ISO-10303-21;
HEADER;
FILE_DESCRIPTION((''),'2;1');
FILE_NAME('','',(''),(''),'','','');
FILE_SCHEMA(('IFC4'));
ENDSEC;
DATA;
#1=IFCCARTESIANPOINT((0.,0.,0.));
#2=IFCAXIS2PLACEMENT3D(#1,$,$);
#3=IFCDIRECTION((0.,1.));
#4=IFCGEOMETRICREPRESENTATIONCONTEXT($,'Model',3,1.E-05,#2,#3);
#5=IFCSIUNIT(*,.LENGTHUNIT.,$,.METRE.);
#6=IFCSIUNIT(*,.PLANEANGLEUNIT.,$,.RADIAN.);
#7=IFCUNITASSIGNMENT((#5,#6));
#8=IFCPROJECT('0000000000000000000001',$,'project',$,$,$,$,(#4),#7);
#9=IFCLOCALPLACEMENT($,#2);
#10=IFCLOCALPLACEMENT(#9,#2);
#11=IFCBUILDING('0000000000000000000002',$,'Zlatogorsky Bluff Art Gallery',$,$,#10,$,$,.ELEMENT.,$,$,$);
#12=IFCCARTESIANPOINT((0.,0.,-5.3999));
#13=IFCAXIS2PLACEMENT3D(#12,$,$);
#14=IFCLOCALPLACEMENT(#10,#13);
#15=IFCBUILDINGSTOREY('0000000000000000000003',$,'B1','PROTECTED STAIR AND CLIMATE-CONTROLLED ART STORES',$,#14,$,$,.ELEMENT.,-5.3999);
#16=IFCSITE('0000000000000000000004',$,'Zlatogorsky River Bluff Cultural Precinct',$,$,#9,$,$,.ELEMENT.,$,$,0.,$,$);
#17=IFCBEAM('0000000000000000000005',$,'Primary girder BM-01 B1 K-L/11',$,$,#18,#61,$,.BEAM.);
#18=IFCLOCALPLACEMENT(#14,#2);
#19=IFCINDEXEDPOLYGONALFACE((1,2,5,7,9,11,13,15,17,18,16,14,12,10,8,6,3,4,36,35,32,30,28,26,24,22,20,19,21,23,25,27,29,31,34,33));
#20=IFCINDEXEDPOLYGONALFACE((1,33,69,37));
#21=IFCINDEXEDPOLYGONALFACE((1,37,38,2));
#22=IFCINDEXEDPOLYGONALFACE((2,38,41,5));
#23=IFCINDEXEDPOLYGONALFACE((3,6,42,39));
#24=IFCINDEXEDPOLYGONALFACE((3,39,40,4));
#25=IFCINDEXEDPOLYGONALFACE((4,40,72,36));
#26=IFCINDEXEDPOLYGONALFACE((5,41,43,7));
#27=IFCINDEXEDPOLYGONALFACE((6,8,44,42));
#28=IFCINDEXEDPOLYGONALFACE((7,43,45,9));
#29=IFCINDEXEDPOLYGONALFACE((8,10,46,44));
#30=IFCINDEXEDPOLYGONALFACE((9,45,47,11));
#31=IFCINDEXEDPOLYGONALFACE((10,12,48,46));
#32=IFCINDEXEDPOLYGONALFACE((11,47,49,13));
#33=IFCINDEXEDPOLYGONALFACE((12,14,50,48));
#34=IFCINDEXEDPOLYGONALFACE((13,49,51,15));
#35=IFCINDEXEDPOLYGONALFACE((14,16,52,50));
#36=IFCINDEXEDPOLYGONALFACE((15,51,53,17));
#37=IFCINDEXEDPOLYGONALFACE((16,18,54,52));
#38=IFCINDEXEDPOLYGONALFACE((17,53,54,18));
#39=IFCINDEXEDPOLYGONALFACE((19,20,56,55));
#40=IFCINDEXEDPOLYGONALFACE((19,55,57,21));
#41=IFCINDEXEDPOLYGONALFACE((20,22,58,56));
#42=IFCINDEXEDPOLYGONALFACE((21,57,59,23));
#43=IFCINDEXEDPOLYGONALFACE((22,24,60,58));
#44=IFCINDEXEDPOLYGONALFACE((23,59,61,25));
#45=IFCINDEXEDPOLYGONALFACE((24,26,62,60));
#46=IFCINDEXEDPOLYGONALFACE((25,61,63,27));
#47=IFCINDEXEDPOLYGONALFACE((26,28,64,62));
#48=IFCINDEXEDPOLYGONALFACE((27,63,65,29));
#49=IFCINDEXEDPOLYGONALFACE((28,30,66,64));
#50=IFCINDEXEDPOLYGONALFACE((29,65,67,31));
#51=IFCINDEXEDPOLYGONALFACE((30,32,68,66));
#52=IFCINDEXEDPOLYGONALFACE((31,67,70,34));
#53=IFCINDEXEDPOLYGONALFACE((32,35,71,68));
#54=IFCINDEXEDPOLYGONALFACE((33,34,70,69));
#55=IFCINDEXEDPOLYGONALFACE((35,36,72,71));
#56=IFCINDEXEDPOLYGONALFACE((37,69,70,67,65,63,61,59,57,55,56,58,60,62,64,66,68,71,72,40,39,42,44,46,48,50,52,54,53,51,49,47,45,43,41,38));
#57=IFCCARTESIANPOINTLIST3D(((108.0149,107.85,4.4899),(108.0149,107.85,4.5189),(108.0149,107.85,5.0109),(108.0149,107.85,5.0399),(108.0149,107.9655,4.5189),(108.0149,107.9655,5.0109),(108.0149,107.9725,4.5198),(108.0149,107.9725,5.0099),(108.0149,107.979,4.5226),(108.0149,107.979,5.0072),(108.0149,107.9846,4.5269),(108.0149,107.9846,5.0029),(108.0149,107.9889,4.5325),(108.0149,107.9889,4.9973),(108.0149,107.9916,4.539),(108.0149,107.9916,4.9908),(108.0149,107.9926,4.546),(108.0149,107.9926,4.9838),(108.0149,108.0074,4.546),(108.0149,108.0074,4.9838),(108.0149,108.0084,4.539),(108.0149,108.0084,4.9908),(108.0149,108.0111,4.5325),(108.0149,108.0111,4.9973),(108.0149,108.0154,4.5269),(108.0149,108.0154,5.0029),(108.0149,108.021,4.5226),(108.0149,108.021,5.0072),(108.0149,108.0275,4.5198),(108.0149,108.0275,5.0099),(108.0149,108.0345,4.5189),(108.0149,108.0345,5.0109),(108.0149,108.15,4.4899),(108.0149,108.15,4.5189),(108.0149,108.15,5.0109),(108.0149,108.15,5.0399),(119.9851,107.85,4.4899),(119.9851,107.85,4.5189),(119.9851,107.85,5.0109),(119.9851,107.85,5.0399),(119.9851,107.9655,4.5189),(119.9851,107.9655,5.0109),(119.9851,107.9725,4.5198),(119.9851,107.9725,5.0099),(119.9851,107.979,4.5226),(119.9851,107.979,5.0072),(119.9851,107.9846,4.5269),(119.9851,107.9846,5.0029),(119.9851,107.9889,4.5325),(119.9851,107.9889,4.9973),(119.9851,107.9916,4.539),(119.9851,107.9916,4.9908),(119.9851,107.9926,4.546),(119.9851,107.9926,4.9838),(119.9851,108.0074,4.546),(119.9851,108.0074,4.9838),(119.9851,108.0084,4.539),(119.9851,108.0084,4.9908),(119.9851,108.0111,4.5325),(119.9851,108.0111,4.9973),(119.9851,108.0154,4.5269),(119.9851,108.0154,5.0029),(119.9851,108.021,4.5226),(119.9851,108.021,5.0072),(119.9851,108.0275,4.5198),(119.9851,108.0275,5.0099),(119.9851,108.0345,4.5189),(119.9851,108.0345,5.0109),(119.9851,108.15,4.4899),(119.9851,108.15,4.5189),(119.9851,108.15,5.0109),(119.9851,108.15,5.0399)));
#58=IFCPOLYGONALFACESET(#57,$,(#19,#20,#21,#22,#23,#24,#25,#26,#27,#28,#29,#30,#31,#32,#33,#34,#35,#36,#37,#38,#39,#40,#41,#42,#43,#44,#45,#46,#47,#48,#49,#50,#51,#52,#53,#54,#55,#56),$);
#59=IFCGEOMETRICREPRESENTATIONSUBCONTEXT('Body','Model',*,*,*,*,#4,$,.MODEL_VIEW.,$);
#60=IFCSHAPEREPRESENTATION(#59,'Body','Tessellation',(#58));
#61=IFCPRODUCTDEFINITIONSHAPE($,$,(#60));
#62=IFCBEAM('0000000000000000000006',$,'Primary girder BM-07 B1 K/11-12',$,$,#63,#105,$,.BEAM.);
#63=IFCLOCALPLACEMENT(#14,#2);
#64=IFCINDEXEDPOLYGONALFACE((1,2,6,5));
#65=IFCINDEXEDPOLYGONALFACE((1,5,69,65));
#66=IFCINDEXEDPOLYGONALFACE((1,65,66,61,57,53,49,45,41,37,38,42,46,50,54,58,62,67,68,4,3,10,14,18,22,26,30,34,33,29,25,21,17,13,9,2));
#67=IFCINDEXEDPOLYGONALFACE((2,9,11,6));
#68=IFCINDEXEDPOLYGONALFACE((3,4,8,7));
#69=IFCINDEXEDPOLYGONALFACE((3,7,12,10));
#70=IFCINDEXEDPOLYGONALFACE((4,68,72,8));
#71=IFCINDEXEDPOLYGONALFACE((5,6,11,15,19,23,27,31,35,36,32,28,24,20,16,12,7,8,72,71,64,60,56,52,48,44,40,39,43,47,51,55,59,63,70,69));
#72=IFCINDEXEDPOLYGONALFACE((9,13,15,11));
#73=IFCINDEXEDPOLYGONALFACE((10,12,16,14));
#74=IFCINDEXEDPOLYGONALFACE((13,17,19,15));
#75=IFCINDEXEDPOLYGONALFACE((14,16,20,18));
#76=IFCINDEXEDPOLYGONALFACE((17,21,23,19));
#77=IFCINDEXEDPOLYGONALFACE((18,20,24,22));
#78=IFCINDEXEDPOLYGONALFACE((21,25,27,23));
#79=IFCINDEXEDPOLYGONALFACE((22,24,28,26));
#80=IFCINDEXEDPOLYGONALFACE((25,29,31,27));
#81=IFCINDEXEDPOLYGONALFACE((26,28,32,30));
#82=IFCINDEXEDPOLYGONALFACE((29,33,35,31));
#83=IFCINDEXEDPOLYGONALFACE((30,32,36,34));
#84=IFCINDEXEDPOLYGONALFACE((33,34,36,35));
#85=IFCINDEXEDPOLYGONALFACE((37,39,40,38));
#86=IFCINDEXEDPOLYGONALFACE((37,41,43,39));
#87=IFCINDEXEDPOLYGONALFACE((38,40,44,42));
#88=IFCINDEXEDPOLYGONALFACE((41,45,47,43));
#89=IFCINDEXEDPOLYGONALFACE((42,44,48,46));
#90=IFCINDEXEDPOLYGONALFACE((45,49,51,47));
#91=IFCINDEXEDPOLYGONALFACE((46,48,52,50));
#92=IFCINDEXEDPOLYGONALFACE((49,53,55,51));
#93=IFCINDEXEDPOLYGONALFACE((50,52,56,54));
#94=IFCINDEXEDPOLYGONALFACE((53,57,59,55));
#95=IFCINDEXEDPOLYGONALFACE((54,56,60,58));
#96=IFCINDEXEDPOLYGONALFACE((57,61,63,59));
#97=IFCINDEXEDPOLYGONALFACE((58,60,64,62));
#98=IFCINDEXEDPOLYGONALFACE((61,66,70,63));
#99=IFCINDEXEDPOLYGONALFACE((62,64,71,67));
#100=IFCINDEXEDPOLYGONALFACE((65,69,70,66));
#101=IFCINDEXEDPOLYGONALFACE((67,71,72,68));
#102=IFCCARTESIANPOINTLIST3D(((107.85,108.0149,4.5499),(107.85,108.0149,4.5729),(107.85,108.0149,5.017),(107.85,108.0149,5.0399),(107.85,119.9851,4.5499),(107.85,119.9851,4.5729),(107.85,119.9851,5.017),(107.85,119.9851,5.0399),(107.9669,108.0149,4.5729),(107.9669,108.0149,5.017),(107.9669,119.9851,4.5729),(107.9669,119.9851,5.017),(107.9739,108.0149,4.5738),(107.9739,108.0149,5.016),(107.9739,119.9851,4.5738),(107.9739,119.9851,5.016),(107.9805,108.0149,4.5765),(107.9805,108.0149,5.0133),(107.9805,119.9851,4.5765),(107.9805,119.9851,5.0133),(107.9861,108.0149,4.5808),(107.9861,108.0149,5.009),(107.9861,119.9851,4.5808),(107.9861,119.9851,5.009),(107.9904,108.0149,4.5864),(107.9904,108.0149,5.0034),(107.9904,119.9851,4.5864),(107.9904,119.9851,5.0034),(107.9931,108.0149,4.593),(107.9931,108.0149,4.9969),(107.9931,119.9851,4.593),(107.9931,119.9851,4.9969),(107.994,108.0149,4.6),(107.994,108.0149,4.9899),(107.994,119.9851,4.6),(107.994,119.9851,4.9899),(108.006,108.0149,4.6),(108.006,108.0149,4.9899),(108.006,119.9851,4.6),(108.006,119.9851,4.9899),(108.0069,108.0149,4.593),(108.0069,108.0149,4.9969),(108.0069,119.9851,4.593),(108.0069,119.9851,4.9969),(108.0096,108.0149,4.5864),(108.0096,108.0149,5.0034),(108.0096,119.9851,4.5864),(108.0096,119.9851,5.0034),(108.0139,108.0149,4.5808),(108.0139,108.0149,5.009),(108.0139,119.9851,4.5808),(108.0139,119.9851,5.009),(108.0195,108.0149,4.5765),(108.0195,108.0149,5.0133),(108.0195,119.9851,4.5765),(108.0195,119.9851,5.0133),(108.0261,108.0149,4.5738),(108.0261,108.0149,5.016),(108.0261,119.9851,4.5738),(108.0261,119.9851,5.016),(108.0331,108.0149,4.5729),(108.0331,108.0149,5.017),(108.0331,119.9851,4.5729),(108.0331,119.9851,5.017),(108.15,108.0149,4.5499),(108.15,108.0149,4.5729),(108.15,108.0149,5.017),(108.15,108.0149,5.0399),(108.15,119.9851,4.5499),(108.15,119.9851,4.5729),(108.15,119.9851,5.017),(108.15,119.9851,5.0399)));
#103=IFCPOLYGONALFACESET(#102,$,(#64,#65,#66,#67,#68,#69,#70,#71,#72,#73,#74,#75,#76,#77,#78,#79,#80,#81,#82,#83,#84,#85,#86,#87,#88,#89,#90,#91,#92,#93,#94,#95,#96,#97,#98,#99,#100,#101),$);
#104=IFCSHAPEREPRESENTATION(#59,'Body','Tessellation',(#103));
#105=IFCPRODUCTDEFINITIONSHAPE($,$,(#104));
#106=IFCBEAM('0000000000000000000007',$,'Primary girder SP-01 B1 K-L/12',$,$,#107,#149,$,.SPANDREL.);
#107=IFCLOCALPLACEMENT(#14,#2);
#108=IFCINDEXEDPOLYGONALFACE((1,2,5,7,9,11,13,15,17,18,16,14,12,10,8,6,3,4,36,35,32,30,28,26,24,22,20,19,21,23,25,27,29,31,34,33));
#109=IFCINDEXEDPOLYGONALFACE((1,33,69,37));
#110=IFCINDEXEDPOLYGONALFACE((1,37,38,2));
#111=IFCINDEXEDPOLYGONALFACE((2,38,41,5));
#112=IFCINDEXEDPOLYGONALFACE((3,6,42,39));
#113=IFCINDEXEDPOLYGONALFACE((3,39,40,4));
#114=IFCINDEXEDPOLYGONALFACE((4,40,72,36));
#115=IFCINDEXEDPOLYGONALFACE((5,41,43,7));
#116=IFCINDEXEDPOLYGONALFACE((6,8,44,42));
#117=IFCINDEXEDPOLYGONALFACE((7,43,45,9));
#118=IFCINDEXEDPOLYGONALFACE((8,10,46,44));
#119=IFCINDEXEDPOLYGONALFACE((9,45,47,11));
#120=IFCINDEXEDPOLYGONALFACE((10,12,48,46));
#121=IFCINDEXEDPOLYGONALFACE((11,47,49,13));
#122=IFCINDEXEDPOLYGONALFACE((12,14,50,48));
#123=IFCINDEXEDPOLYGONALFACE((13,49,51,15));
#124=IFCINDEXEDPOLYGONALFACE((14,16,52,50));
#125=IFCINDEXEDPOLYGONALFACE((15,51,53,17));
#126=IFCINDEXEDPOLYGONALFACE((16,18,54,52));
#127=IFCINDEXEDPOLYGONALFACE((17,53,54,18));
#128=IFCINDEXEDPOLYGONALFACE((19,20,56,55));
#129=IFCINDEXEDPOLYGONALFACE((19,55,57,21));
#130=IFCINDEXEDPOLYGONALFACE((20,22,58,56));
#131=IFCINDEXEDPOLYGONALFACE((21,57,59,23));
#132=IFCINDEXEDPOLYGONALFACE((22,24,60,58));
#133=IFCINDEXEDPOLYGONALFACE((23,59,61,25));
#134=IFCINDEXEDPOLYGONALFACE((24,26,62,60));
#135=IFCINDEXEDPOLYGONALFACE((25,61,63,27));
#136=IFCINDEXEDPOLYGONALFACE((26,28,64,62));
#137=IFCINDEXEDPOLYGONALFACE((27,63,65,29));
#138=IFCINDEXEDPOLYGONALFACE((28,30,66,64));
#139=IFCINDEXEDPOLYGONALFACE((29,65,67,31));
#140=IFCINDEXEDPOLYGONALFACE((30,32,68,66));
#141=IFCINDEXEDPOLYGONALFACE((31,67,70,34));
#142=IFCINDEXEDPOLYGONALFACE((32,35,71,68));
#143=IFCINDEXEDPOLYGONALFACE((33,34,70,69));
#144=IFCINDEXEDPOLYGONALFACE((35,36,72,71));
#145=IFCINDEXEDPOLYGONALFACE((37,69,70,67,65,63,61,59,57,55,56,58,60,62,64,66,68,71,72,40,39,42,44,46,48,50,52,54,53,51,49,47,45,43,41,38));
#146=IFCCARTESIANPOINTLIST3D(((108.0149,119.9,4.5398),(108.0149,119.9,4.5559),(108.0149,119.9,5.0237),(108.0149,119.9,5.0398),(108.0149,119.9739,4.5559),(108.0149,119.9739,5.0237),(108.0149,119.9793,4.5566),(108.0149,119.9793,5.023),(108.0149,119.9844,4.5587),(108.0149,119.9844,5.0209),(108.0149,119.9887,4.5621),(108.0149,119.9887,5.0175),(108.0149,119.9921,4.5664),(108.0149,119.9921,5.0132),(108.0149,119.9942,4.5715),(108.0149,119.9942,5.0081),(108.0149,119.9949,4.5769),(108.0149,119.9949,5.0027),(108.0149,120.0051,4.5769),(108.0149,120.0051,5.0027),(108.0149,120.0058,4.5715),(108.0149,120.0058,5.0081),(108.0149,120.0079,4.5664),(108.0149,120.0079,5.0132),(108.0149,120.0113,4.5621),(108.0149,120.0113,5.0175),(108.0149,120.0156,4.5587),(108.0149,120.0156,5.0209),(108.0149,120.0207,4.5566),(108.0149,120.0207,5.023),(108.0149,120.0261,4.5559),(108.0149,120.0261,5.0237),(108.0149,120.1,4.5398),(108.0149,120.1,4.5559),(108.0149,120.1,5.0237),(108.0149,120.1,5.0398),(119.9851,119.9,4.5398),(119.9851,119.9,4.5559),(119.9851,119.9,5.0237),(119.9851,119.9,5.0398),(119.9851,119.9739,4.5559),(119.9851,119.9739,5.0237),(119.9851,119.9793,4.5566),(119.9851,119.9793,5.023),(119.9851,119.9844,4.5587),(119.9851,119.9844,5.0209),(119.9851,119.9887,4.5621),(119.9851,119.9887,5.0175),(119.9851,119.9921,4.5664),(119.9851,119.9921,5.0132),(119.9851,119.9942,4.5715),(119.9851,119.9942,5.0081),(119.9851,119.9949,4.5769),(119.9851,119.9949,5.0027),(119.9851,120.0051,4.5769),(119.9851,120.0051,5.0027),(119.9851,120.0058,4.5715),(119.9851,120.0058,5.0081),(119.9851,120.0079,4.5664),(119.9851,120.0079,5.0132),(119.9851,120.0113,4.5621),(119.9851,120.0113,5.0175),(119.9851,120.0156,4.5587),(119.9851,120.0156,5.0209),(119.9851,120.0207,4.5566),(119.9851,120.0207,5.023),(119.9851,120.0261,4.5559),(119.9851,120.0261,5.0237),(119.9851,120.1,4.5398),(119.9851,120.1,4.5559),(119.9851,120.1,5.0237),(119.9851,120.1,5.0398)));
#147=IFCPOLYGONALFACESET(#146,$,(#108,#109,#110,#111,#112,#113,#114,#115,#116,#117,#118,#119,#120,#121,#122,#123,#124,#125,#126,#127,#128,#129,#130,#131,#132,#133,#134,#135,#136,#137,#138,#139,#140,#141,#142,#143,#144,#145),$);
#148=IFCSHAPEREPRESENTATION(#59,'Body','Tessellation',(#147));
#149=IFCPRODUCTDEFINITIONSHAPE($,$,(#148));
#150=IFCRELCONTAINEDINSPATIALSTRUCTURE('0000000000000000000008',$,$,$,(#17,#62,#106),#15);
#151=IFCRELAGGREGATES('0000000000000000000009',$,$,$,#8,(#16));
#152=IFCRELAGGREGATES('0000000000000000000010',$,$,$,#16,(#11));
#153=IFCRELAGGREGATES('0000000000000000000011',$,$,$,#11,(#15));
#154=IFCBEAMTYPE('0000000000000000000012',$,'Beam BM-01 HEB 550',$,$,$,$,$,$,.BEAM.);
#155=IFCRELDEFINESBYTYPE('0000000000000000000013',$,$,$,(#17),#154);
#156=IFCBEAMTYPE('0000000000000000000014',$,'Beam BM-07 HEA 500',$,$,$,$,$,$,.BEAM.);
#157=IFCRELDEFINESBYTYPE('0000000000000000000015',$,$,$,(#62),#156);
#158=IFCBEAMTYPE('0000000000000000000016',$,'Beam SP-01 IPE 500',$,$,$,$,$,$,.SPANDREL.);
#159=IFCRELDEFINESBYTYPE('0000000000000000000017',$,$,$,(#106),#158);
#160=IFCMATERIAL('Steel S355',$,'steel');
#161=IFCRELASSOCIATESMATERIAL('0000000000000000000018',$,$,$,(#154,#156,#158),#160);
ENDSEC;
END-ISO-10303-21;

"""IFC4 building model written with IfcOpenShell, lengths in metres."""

from ifc_helpers import new_model, si_unit, direction, frame, origin, origin_2d, place, context, subcontext, project, spatial, i_section, extrude, material, material_profile, profile_set, type_object, element, save


model = new_model("IFC4")

# Units and contexts
model_context = context("Model", 3, precision=1e-05, world=origin(), true_north=direction((0.0, 1.0)))
body_context = subcontext(model_context, "Body", "Model", "MODEL_VIEW")
ifc_project = project(units=[si_unit("LENGTHUNIT", "METRE"), si_unit("PLANEANGLEUNIT", "RADIAN")], contexts=[model_context])

# Site, building, storey
site_placement = place(None, origin())
site = spatial("IfcSite", under=ifc_project, at=site_placement, Name="Zlatogorsky River Bluff Cultural Precinct", CompositionType="ELEMENT", RefElevation=0.0)
building_placement = place(site_placement, origin())
building = spatial("IfcBuilding", under=site, at=building_placement, Name="Zlatogorsky Bluff Art Gallery", CompositionType="ELEMENT")
storey_placement = place(building_placement, frame((0.0, 0.0, -5.3999)))
storey = spatial("IfcBuildingStorey", under=building, at=storey_placement, Name="B1", Description="PROTECTED STAIR AND CLIMATE-CONTROLLED ART STORES", CompositionType="ELEMENT", Elevation=-5.3999)

# Shared definitions
ifc_material_1 = material(Name="Steel S355", Category="steel")

# Beams
ifc_material_profile_1 = material_profile(ifc_material_1, i_section(OverallWidth=0.3, OverallDepth=0.55, WebThickness=0.0149, FlangeThickness=0.0291, FilletRadius=0.0271, at=origin_2d()), Name="HEB 550")
ifc_profile_set_1 = profile_set([ifc_material_profile_1], Name="Steel S355")
beam_type_1 = type_object("IfcBeamType", Name="Beam BM-01 HEB 550", PredefinedType="BEAM", material=ifc_profile_set_1)
beam_1_placement = place(storey_placement, frame((108.0149, 108.0, 4.7649), z_axis=(1.0, 0.0, 0.0), x_axis=(0.0, 1.0, 0.0)))
element("IfcBeam", 1, at=beam_1_placement, inside=storey, type_object=beam_type_1, Name="Primary girder BM-01 B1 K-L/11", PredefinedType="BEAM", context=body_context, shape_type="SweptSolid", body=[
    extrude(i_section(OverallWidth=0.3, OverallDepth=0.55, WebThickness=0.0149, FlangeThickness=0.0291, FilletRadius=0.0271, at=origin_2d()), origin(), (0.0, 0.0, 1.0), 11.9702),
])
ifc_material_profile_2 = material_profile(ifc_material_1, i_section(OverallWidth=0.3, OverallDepth=0.49, WebThickness=0.012, FlangeThickness=0.0229, FilletRadius=0.0271, at=origin_2d()), Name="HEA 500")
ifc_profile_set_2 = profile_set([ifc_material_profile_2], Name="Steel S355")
beam_type_2 = type_object("IfcBeamType", Name="Beam BM-07 HEA 500", PredefinedType="BEAM", material=ifc_profile_set_2)
beam_2_placement = place(storey_placement, frame((108.0, 108.0149, 4.7949), z_axis=(0.0, 1.0, 0.0), x_axis=(-1.0, 0.0, 0.0)))
element("IfcBeam", 2, at=beam_2_placement, inside=storey, type_object=beam_type_2, Name="Primary girder BM-07 B1 K/11-12", PredefinedType="BEAM", context=body_context, shape_type="SweptSolid", body=[
    extrude(i_section(OverallWidth=0.3, OverallDepth=0.49, WebThickness=0.012, FlangeThickness=0.0229, FilletRadius=0.0271, at=origin_2d()), origin(), (0.0, 0.0, 1.0), 11.9702),
])
ifc_material_profile_3 = material_profile(ifc_material_1, i_section(OverallWidth=0.2, OverallDepth=0.5, WebThickness=0.0103, FlangeThickness=0.0161, FilletRadius=0.021, at=origin_2d()), Name="IPE 500")
ifc_profile_set_3 = profile_set([ifc_material_profile_3], Name="Steel S355")
beam_type_3 = type_object("IfcBeamType", Name="Beam SP-01 IPE 500", PredefinedType="SPANDREL", material=ifc_profile_set_3)
beam_3_placement = place(storey_placement, frame((108.0149, 120.0, 4.7898), z_axis=(1.0, 0.0, 0.0), x_axis=(0.0, 1.0, 0.0)))
element("IfcBeam", 3, at=beam_3_placement, inside=storey, type_object=beam_type_3, Name="Primary girder SP-01 B1 K-L/12", PredefinedType="SPANDREL", context=body_context, shape_type="SweptSolid", body=[
    extrude(i_section(OverallWidth=0.2, OverallDepth=0.5, WebThickness=0.0103, FlangeThickness=0.0161, FilletRadius=0.021, at=origin_2d()), origin(), (0.0, 0.0, 1.0), 11.9702),
])

save(model, "model.ifc")
